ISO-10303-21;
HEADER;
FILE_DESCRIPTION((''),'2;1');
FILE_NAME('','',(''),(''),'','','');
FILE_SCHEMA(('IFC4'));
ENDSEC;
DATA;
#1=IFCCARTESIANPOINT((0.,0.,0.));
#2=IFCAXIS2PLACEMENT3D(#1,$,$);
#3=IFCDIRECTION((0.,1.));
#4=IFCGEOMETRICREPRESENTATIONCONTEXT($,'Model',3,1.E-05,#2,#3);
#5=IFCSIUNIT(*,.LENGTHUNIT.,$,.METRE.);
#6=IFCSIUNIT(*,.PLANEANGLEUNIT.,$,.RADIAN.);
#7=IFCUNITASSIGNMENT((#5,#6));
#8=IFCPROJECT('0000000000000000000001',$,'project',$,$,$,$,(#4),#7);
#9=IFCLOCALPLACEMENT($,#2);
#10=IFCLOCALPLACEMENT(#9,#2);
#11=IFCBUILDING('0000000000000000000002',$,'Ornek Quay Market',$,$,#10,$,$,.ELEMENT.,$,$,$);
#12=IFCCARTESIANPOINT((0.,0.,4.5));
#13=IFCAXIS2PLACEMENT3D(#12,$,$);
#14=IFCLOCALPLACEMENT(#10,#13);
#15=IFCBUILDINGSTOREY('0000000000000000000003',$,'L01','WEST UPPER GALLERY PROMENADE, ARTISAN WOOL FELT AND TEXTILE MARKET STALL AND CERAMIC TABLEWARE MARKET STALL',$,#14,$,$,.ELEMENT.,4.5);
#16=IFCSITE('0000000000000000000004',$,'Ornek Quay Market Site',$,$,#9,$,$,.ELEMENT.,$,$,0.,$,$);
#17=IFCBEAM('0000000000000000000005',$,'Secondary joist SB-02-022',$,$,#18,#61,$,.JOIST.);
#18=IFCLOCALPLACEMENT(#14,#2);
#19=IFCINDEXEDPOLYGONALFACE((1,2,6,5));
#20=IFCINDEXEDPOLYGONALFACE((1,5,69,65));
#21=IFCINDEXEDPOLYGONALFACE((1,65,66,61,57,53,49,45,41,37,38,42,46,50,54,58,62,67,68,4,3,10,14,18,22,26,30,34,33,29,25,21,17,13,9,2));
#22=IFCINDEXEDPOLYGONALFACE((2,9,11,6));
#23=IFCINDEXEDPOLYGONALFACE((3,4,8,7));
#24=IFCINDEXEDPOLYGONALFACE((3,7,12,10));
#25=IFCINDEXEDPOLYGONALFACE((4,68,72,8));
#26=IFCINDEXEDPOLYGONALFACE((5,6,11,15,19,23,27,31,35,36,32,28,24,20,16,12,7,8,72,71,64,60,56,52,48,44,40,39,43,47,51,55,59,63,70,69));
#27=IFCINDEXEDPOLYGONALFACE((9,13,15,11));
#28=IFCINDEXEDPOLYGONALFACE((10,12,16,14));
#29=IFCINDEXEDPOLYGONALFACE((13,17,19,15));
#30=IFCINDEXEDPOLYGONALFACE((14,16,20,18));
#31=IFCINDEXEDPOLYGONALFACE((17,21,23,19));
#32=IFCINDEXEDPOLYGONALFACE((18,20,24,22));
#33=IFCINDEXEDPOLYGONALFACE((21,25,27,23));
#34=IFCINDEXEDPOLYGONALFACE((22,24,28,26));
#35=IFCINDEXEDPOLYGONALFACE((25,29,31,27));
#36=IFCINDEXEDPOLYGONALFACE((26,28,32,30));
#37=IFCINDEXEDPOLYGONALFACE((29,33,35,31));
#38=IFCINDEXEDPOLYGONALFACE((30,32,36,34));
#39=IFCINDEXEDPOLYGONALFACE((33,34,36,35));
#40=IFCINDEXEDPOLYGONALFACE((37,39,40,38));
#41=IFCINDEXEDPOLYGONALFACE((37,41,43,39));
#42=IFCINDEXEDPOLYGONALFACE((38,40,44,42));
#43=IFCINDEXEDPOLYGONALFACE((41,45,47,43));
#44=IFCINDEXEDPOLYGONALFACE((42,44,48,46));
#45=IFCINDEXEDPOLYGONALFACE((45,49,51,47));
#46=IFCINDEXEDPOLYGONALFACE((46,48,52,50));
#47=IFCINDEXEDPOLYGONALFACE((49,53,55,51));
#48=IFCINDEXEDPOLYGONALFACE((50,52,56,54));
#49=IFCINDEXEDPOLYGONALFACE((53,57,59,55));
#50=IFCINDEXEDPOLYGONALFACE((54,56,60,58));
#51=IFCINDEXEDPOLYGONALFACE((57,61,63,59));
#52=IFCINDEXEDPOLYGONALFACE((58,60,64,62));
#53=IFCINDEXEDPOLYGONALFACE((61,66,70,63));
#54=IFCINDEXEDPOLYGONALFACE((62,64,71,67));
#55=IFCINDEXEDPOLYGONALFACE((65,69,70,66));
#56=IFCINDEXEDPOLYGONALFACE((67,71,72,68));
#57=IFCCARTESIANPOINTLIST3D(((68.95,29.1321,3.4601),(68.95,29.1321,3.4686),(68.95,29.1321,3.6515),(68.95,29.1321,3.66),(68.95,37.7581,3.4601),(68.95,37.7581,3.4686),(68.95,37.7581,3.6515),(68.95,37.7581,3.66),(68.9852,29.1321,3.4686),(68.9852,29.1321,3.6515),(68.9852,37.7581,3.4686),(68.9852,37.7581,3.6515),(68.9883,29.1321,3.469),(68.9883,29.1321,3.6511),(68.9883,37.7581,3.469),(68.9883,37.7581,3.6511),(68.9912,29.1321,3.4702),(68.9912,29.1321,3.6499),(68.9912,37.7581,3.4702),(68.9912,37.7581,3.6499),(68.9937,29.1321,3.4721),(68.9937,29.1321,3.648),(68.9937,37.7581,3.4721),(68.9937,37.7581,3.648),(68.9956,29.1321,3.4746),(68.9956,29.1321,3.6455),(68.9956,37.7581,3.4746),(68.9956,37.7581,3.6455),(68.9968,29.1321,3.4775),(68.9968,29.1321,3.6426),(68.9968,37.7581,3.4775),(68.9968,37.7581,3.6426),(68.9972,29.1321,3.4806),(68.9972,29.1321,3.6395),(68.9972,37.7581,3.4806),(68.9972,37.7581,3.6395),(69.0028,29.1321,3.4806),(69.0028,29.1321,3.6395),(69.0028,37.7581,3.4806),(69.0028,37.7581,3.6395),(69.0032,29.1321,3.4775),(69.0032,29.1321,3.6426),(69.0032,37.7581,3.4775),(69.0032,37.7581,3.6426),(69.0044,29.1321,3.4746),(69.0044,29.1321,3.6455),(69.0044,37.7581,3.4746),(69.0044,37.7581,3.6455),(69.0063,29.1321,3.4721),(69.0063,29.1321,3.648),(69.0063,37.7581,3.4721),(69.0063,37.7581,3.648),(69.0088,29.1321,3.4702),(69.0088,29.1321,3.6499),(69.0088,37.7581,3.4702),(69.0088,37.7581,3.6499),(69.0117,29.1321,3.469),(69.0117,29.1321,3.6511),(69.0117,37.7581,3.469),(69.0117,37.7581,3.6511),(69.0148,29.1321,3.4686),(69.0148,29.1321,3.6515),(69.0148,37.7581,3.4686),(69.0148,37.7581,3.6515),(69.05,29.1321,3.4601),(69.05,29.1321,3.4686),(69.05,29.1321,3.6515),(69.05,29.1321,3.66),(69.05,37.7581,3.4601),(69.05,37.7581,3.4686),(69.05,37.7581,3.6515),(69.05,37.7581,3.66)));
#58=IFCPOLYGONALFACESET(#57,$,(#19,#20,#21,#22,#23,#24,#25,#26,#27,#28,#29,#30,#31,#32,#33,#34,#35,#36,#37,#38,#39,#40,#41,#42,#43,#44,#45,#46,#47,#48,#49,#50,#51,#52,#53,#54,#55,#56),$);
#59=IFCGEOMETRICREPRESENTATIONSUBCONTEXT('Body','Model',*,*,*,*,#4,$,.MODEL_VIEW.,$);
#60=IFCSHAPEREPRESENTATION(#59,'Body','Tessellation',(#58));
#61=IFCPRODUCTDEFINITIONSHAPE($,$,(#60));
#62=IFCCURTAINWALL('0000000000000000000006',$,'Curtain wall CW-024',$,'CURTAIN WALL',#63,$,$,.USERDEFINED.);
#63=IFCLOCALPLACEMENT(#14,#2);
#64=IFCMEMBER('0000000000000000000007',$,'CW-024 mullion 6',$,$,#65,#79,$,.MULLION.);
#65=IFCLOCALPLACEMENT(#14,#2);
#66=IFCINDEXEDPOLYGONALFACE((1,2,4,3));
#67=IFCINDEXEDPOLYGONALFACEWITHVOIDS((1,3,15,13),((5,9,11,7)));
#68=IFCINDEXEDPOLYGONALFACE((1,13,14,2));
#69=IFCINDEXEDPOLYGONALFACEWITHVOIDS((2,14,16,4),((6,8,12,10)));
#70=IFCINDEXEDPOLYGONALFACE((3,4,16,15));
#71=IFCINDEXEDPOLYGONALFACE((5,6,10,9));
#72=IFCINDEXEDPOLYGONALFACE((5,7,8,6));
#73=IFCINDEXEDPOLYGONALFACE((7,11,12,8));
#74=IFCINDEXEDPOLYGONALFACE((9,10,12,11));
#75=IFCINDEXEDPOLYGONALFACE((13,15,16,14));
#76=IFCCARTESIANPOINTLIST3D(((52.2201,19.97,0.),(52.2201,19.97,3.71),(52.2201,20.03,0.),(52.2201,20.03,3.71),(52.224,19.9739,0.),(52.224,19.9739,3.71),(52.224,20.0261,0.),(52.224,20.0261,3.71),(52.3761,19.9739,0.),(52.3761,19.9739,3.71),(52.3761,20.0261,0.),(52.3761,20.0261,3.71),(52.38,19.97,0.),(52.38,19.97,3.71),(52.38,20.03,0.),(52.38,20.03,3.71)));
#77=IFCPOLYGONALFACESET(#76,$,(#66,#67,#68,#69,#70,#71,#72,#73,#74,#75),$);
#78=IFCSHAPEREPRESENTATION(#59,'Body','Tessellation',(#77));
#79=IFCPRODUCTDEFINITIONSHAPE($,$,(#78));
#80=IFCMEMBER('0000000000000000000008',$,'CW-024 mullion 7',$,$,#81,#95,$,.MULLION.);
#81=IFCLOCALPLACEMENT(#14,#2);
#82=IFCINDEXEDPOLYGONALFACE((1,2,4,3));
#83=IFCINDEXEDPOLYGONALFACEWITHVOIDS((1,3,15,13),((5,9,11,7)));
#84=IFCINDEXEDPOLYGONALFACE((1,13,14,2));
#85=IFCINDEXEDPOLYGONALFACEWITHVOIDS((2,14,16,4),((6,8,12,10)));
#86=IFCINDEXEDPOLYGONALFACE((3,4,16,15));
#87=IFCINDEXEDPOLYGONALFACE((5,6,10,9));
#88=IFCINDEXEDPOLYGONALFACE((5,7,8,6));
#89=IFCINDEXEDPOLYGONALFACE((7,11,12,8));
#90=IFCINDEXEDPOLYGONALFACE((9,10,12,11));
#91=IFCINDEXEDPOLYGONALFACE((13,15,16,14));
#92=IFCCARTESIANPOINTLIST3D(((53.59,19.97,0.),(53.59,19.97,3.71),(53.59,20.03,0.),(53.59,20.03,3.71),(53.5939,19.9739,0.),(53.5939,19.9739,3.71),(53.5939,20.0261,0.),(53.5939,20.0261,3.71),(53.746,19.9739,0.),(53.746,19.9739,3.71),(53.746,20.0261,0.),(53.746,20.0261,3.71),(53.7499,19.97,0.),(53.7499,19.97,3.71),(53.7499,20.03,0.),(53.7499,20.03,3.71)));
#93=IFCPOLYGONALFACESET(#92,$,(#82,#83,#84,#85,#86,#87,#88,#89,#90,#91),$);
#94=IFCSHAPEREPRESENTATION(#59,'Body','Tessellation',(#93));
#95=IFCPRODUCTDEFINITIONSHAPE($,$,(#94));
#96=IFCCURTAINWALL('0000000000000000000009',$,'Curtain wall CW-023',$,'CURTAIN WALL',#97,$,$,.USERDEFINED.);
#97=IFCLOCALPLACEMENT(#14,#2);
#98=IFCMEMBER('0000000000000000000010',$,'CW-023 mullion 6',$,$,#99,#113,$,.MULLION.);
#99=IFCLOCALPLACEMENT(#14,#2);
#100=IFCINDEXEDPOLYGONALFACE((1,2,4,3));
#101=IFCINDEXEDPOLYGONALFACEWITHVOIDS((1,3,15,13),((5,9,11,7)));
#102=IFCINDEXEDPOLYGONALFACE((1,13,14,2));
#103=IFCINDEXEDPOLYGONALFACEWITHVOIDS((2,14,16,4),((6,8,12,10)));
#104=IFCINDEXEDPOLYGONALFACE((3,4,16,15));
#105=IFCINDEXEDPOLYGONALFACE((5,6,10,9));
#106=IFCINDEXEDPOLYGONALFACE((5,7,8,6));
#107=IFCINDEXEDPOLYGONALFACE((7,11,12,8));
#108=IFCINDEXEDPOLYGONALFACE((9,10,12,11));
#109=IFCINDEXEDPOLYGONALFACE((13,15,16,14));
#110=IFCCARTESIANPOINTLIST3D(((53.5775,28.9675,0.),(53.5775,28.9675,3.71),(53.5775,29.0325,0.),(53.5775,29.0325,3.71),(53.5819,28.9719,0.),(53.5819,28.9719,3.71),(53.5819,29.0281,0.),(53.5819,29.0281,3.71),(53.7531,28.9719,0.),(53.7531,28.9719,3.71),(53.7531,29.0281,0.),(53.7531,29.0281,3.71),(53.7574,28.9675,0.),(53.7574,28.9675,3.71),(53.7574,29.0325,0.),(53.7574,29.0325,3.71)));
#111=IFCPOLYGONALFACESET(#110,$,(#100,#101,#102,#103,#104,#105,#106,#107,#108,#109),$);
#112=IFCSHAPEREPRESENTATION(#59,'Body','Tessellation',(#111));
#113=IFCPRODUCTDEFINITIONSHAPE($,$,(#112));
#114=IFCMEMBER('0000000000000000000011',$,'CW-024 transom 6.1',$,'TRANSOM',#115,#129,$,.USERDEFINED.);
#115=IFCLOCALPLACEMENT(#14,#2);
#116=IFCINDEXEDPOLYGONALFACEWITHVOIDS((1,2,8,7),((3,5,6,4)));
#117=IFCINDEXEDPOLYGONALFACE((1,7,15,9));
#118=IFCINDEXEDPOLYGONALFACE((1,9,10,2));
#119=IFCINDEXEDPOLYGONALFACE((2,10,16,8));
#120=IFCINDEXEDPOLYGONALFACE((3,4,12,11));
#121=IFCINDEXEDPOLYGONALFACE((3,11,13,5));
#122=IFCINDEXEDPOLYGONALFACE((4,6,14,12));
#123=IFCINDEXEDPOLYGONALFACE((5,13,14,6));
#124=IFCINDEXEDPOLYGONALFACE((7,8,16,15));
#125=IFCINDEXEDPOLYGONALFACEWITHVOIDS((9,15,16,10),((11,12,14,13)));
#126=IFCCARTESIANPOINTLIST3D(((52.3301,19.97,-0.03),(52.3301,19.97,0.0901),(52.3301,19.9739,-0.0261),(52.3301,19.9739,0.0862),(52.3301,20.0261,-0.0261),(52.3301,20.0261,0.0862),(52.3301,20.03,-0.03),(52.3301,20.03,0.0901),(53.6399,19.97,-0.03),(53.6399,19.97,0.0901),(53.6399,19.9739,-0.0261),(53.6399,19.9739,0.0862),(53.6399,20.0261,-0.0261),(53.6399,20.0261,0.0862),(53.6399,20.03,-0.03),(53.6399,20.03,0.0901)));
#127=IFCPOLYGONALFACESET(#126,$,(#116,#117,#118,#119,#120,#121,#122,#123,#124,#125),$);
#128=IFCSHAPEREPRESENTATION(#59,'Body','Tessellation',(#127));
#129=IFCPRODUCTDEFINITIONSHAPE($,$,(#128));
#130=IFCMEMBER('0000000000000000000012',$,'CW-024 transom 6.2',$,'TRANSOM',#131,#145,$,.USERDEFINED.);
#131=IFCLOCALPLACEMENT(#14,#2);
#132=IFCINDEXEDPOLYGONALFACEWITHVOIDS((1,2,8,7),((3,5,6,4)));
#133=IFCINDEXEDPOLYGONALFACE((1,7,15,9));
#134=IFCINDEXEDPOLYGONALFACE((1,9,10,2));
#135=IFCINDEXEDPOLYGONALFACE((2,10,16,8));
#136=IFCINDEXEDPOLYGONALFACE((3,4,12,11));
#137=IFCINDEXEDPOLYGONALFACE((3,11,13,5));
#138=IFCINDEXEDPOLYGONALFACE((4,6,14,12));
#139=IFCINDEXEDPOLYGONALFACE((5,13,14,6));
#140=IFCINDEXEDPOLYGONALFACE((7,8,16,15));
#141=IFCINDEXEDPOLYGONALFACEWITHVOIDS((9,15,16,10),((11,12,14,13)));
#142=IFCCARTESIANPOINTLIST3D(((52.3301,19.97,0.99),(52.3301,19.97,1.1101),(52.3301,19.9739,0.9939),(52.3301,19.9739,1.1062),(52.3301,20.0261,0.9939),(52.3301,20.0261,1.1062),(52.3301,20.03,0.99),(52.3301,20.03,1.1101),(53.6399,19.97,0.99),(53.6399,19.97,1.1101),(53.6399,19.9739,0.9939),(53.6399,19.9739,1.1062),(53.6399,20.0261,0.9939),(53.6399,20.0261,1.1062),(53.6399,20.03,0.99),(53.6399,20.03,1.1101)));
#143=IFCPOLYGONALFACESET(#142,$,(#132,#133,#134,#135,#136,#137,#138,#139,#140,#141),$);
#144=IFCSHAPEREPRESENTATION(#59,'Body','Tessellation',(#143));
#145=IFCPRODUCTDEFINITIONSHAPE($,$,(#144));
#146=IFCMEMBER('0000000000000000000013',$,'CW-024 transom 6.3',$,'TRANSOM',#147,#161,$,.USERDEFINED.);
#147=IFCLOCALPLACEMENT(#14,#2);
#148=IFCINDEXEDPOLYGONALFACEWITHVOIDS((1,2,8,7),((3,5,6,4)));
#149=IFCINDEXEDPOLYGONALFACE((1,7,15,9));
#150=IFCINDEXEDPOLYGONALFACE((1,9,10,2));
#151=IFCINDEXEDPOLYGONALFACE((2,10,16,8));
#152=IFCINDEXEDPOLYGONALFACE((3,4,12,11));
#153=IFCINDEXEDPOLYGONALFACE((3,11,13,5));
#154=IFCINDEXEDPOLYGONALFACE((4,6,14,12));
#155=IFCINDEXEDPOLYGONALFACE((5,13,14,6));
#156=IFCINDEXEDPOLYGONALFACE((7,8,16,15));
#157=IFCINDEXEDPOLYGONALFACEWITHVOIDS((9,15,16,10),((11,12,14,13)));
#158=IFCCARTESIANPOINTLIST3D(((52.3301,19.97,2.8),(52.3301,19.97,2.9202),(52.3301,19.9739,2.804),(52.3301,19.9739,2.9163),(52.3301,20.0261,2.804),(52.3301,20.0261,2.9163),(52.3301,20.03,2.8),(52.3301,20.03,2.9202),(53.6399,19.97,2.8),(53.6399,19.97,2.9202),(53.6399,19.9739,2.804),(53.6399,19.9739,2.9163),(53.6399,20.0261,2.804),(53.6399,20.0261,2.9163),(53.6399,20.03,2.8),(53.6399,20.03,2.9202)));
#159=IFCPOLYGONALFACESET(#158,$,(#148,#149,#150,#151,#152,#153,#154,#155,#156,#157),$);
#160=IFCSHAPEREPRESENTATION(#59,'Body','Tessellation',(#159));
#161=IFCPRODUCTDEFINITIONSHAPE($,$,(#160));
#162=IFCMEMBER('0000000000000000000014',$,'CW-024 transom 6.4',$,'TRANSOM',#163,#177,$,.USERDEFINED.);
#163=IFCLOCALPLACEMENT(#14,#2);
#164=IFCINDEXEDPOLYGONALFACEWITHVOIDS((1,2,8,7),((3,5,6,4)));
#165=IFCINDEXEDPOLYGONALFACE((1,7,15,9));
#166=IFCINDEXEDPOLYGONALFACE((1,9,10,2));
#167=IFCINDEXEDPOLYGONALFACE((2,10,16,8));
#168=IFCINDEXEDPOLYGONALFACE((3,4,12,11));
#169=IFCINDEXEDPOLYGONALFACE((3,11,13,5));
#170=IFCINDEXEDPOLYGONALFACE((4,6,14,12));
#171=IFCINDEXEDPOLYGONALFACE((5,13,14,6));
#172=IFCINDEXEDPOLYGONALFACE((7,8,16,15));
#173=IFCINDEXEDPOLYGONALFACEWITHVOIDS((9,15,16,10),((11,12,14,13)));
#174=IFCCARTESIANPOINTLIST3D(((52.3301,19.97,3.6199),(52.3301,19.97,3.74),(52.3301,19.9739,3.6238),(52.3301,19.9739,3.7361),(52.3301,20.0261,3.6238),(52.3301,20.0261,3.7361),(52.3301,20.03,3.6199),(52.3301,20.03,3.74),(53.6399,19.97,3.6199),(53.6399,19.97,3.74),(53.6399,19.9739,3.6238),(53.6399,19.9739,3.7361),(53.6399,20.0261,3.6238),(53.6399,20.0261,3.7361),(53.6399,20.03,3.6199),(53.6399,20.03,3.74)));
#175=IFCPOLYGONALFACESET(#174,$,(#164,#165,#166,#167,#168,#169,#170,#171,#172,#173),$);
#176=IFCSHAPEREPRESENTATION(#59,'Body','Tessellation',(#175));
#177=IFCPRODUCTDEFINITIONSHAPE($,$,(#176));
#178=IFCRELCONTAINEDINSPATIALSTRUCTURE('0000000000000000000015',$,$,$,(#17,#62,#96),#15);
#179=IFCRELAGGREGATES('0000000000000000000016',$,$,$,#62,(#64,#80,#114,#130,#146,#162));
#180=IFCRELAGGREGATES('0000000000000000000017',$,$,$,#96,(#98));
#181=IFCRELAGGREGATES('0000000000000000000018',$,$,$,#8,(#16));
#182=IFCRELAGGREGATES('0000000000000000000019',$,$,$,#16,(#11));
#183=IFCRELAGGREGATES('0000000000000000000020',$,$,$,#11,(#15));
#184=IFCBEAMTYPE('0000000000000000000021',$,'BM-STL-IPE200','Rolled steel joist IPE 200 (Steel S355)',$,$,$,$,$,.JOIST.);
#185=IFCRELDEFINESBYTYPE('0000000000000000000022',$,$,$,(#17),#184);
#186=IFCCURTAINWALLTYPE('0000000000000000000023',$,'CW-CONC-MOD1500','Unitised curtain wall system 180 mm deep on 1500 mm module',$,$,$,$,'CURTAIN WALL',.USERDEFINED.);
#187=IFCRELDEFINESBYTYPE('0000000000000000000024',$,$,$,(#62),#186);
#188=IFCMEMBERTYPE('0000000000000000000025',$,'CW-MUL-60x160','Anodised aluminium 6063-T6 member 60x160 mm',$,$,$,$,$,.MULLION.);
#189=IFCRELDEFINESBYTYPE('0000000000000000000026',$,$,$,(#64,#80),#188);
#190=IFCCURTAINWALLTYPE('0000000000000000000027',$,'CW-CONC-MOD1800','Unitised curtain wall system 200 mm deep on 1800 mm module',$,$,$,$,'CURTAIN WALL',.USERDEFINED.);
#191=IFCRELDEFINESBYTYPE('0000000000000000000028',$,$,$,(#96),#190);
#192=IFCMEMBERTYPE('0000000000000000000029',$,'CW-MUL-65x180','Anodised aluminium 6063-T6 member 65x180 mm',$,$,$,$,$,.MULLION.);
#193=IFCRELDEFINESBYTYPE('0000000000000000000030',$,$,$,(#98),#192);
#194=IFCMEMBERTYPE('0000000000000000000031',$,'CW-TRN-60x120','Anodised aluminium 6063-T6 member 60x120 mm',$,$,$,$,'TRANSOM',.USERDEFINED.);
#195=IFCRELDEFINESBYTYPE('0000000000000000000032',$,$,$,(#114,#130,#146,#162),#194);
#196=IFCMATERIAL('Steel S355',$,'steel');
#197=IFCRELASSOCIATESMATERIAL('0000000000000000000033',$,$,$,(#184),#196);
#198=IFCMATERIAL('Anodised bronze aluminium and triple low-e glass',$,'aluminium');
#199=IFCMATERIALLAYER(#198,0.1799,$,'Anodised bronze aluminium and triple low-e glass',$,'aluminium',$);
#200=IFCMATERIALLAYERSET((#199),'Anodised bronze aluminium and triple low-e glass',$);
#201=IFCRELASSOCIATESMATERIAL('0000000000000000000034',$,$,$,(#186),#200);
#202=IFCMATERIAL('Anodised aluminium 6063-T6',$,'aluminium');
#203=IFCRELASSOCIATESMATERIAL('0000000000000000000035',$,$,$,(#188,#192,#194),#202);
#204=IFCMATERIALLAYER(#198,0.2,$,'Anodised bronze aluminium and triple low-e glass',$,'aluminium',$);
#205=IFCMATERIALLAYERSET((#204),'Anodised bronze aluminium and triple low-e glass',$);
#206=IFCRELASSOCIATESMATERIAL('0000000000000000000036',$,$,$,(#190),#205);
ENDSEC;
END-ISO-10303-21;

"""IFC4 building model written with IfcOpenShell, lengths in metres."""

from ifc_helpers import new_model, si_unit, direction, frame, origin, origin_2d, place, context, subcontext, project, spatial, hollow_rectangle, i_section, extrude, material, layer, layer_set, material_profile, profile_set, type_object, element, aggregate, save


model = new_model("IFC4")

# Units and contexts
model_context = context("Model", 3, precision=1e-05, world=origin(), true_north=direction((0.0, 1.0)))
body_context = subcontext(model_context, "Body", "Model", "MODEL_VIEW")
ifc_project = project(units=[si_unit("LENGTHUNIT", "METRE"), si_unit("PLANEANGLEUNIT", "RADIAN")], contexts=[model_context])

# Site, building, storey
site_placement = place(None, origin())
site = spatial("IfcSite", under=ifc_project, at=site_placement, Name="Ornek Quay Market Site", CompositionType="ELEMENT", RefElevation=0.0)
building_placement = place(site_placement, origin())
building = spatial("IfcBuilding", under=site, at=building_placement, Name="Ornek Quay Market", CompositionType="ELEMENT")
storey_placement = place(building_placement, frame((0.0, 0.0, 4.5)))
storey = spatial("IfcBuildingStorey", under=building, at=storey_placement, Name="L01", Description="WEST UPPER GALLERY PROMENADE, ARTISAN WOOL FELT AND TEXTILE MARKET STALL AND CERAMIC TABLEWARE MARKET STALL", CompositionType="ELEMENT", Elevation=4.5)

# Beam
ifc_material_1 = material(Name="Steel S355", Category="steel")
ifc_material_profile_1 = material_profile(ifc_material_1, i_section(OverallWidth=0.1001, OverallDepth=0.2, WebThickness=0.0056, FlangeThickness=0.0085, FilletRadius=0.012, at=origin_2d()), Name="IPE 200", Category="steel")
ifc_profile_set_1 = profile_set([ifc_material_profile_1], Name="Steel S355")
beam_type_1 = type_object("IfcBeamType", Name="BM-STL-IPE200", Description="Rolled steel joist IPE 200 (Steel S355)", PredefinedType="JOIST", material=ifc_profile_set_1)
for number, where, z_axis, x_axis, name in (
    (1, (69.0, 29.1321, 3.5601), (0.0, 1.0, 0.0), (-1.0, 0.0, 0.0), "Secondary joist SB-02-022"),
):
    element("IfcBeam", number, at=place(storey_placement, frame(where, z_axis=z_axis, x_axis=x_axis)), inside=storey, type_object=beam_type_1, Name=name, PredefinedType="JOIST", context=body_context, shape_type="SweptSolid", body=[
        extrude(i_section(OverallWidth=0.1001, OverallDepth=0.2, WebThickness=0.0056, FlangeThickness=0.0085, FilletRadius=0.012, at=origin_2d()), origin(), (0.0, 0.0, 1.0), 8.626),
    ])

# Curtain wall, members
ifc_material_2 = material(Name="Anodised bronze aluminium and triple low-e glass", Category="aluminium")
ifc_layer_1 = layer(ifc_material_2, 0.1799, Name="Anodised bronze aluminium and triple low-e glass", Category="aluminium")
ifc_layer_set_1 = layer_set([ifc_layer_1], Name="Anodised bronze aluminium and triple low-e glass")
curtain_wall_type_1 = type_object("IfcCurtainWallType", Name="CW-CONC-MOD1500", Description="Unitised curtain wall system 180 mm deep on 1500 mm module", ElementType="CURTAIN WALL", PredefinedType="USERDEFINED", material=ifc_layer_set_1)
curtain_wall_1_placement = place(storey_placement, origin())
curtain_wall_1 = element("IfcCurtainWall", 2, at=curtain_wall_1_placement, inside=storey, type_object=curtain_wall_type_1, Name="Curtain wall CW-024", ObjectType="CURTAIN WALL", PredefinedType="USERDEFINED")
ifc_material_3 = material(Name="Anodised aluminium 6063-T6", Category="aluminium")
ifc_material_profile_2 = material_profile(ifc_material_3, hollow_rectangle(XDim=0.0601, YDim=0.1599, WallThickness=0.0039, at=origin_2d()), Name="CW-MUL-60x160", Category="aluminium")
ifc_profile_set_2 = profile_set([ifc_material_profile_2], Name="Anodised aluminium 6063-T6")
member_type_1 = type_object("IfcMemberType", Name="CW-MUL-60x160", Description="Anodised aluminium 6063-T6 member 60x160 mm", PredefinedType="MULLION", material=ifc_profile_set_2)
member_1_placement = place(storey_placement, frame((52.3, 20.0, 0.0), z_axis=(0.0, 0.0, 1.0), x_axis=(0.0, 1.0, 0.0)))
member_1 = element("IfcMember", 3, at=member_1_placement, type_object=member_type_1, Name="CW-024 mullion 6", PredefinedType="MULLION", context=body_context, shape_type="SweptSolid", body=[
    extrude(hollow_rectangle(XDim=0.0601, YDim=0.1599, WallThickness=0.0039, at=origin_2d()), origin(), (0.0, 0.0, 1.0), 3.71),
])
member_2_placement = place(storey_placement, frame((53.6699, 20.0, 0.0), z_axis=(0.0, 0.0, 1.0), x_axis=(0.0, 1.0, 0.0)))
member_2 = element("IfcMember", 4, at=member_2_placement, type_object=member_type_1, Name="CW-024 mullion 7", PredefinedType="MULLION", context=body_context, shape_type="SweptSolid", body=[
    extrude(hollow_rectangle(XDim=0.0601, YDim=0.1599, WallThickness=0.0039, at=origin_2d()), origin(), (0.0, 0.0, 1.0), 3.71),
])

# Curtain wall, member
ifc_layer_2 = layer(ifc_material_2, 0.2, Name="Anodised bronze aluminium and triple low-e glass", Category="aluminium")
ifc_layer_set_2 = layer_set([ifc_layer_2], Name="Anodised bronze aluminium and triple low-e glass")
curtain_wall_type_2 = type_object("IfcCurtainWallType", Name="CW-CONC-MOD1800", Description="Unitised curtain wall system 200 mm deep on 1800 mm module", ElementType="CURTAIN WALL", PredefinedType="USERDEFINED", material=ifc_layer_set_2)
curtain_wall_2_placement = place(storey_placement, origin())
curtain_wall_2 = element("IfcCurtainWall", 5, at=curtain_wall_2_placement, inside=storey, type_object=curtain_wall_type_2, Name="Curtain wall CW-023", ObjectType="CURTAIN WALL", PredefinedType="USERDEFINED")
ifc_material_profile_3 = material_profile(ifc_material_3, hollow_rectangle(XDim=0.0649, YDim=0.1799, WallThickness=0.0044, at=origin_2d()), Name="CW-MUL-65x180", Category="aluminium")
ifc_profile_set_3 = profile_set([ifc_material_profile_3], Name="Anodised aluminium 6063-T6")
member_type_2 = type_object("IfcMemberType", Name="CW-MUL-65x180", Description="Anodised aluminium 6063-T6 member 65x180 mm", PredefinedType="MULLION", material=ifc_profile_set_3)
member_3_placement = place(storey_placement, frame((53.6675, 29.0, 0.0), z_axis=(0.0, 0.0, 1.0), x_axis=(0.0, 1.0, 0.0)))
member_3 = element("IfcMember", 6, at=member_3_placement, type_object=member_type_2, Name="CW-023 mullion 6", PredefinedType="MULLION", context=body_context, shape_type="SweptSolid", body=[
    extrude(hollow_rectangle(XDim=0.0649, YDim=0.1799, WallThickness=0.0044, at=origin_2d()), origin(), (0.0, 0.0, 1.0), 3.71),
])

# Members
ifc_material_profile_4 = material_profile(ifc_material_3, hollow_rectangle(XDim=0.0601, YDim=0.1201, WallThickness=0.0039, at=origin_2d()), Name="CW-TRN-60x120", Category="aluminium")
ifc_profile_set_4 = profile_set([ifc_material_profile_4], Name="Anodised aluminium 6063-T6")
member_type_3 = type_object("IfcMemberType", Name="CW-TRN-60x120", Description="Anodised aluminium 6063-T6 member 60x120 mm", ElementType="TRANSOM", PredefinedType="USERDEFINED", material=ifc_profile_set_4)
member_4_placement = place(storey_placement, frame((52.3301, 20.0, 0.03), z_axis=(1.0, 0.0, 0.0), x_axis=(0.0, 1.0, 0.0)))
member_4 = element("IfcMember", 7, at=member_4_placement, type_object=member_type_3, Name="CW-024 transom 6.1", ObjectType="TRANSOM", PredefinedType="USERDEFINED", context=body_context, shape_type="SweptSolid", body=[
    extrude(hollow_rectangle(XDim=0.0601, YDim=0.1201, WallThickness=0.0039, at=origin_2d()), origin(), (0.0, 0.0, 1.0), 1.3098),
])
member_5_placement = place(storey_placement, frame((52.3301, 20.0, 1.05), z_axis=(1.0, 0.0, 0.0), x_axis=(0.0, 1.0, 0.0)))
member_5 = element("IfcMember", 8, at=member_5_placement, type_object=member_type_3, Name="CW-024 transom 6.2", ObjectType="TRANSOM", PredefinedType="USERDEFINED", context=body_context, shape_type="SweptSolid", body=[
    extrude(hollow_rectangle(XDim=0.0601, YDim=0.1201, WallThickness=0.0039, at=origin_2d()), origin(), (0.0, 0.0, 1.0), 1.3098),
])
member_6_placement = place(storey_placement, frame((52.3301, 20.0, 2.8601), z_axis=(1.0, 0.0, 0.0), x_axis=(0.0, 1.0, 0.0)))
member_6 = element("IfcMember", 9, at=member_6_placement, type_object=member_type_3, Name="CW-024 transom 6.3", ObjectType="TRANSOM", PredefinedType="USERDEFINED", context=body_context, shape_type="SweptSolid", body=[
    extrude(hollow_rectangle(XDim=0.0601, YDim=0.1201, WallThickness=0.0039, at=origin_2d()), origin(), (0.0, 0.0, 1.0), 1.3098),
])
member_7_placement = place(storey_placement, frame((52.3301, 20.0, 3.6799), z_axis=(1.0, 0.0, 0.0), x_axis=(0.0, 1.0, 0.0)))
member_7 = element("IfcMember", 10, at=member_7_placement, type_object=member_type_3, Name="CW-024 transom 6.4", ObjectType="TRANSOM", PredefinedType="USERDEFINED", context=body_context, shape_type="SweptSolid", body=[
    extrude(hollow_rectangle(XDim=0.0601, YDim=0.1201, WallThickness=0.0039, at=origin_2d()), origin(), (0.0, 0.0, 1.0), 1.3098),
])

aggregate(curtain_wall_1, [member_1, member_2, member_4, member_5, member_6, member_7])
aggregate(curtain_wall_2, [member_3])

save(model, "model.ifc")
